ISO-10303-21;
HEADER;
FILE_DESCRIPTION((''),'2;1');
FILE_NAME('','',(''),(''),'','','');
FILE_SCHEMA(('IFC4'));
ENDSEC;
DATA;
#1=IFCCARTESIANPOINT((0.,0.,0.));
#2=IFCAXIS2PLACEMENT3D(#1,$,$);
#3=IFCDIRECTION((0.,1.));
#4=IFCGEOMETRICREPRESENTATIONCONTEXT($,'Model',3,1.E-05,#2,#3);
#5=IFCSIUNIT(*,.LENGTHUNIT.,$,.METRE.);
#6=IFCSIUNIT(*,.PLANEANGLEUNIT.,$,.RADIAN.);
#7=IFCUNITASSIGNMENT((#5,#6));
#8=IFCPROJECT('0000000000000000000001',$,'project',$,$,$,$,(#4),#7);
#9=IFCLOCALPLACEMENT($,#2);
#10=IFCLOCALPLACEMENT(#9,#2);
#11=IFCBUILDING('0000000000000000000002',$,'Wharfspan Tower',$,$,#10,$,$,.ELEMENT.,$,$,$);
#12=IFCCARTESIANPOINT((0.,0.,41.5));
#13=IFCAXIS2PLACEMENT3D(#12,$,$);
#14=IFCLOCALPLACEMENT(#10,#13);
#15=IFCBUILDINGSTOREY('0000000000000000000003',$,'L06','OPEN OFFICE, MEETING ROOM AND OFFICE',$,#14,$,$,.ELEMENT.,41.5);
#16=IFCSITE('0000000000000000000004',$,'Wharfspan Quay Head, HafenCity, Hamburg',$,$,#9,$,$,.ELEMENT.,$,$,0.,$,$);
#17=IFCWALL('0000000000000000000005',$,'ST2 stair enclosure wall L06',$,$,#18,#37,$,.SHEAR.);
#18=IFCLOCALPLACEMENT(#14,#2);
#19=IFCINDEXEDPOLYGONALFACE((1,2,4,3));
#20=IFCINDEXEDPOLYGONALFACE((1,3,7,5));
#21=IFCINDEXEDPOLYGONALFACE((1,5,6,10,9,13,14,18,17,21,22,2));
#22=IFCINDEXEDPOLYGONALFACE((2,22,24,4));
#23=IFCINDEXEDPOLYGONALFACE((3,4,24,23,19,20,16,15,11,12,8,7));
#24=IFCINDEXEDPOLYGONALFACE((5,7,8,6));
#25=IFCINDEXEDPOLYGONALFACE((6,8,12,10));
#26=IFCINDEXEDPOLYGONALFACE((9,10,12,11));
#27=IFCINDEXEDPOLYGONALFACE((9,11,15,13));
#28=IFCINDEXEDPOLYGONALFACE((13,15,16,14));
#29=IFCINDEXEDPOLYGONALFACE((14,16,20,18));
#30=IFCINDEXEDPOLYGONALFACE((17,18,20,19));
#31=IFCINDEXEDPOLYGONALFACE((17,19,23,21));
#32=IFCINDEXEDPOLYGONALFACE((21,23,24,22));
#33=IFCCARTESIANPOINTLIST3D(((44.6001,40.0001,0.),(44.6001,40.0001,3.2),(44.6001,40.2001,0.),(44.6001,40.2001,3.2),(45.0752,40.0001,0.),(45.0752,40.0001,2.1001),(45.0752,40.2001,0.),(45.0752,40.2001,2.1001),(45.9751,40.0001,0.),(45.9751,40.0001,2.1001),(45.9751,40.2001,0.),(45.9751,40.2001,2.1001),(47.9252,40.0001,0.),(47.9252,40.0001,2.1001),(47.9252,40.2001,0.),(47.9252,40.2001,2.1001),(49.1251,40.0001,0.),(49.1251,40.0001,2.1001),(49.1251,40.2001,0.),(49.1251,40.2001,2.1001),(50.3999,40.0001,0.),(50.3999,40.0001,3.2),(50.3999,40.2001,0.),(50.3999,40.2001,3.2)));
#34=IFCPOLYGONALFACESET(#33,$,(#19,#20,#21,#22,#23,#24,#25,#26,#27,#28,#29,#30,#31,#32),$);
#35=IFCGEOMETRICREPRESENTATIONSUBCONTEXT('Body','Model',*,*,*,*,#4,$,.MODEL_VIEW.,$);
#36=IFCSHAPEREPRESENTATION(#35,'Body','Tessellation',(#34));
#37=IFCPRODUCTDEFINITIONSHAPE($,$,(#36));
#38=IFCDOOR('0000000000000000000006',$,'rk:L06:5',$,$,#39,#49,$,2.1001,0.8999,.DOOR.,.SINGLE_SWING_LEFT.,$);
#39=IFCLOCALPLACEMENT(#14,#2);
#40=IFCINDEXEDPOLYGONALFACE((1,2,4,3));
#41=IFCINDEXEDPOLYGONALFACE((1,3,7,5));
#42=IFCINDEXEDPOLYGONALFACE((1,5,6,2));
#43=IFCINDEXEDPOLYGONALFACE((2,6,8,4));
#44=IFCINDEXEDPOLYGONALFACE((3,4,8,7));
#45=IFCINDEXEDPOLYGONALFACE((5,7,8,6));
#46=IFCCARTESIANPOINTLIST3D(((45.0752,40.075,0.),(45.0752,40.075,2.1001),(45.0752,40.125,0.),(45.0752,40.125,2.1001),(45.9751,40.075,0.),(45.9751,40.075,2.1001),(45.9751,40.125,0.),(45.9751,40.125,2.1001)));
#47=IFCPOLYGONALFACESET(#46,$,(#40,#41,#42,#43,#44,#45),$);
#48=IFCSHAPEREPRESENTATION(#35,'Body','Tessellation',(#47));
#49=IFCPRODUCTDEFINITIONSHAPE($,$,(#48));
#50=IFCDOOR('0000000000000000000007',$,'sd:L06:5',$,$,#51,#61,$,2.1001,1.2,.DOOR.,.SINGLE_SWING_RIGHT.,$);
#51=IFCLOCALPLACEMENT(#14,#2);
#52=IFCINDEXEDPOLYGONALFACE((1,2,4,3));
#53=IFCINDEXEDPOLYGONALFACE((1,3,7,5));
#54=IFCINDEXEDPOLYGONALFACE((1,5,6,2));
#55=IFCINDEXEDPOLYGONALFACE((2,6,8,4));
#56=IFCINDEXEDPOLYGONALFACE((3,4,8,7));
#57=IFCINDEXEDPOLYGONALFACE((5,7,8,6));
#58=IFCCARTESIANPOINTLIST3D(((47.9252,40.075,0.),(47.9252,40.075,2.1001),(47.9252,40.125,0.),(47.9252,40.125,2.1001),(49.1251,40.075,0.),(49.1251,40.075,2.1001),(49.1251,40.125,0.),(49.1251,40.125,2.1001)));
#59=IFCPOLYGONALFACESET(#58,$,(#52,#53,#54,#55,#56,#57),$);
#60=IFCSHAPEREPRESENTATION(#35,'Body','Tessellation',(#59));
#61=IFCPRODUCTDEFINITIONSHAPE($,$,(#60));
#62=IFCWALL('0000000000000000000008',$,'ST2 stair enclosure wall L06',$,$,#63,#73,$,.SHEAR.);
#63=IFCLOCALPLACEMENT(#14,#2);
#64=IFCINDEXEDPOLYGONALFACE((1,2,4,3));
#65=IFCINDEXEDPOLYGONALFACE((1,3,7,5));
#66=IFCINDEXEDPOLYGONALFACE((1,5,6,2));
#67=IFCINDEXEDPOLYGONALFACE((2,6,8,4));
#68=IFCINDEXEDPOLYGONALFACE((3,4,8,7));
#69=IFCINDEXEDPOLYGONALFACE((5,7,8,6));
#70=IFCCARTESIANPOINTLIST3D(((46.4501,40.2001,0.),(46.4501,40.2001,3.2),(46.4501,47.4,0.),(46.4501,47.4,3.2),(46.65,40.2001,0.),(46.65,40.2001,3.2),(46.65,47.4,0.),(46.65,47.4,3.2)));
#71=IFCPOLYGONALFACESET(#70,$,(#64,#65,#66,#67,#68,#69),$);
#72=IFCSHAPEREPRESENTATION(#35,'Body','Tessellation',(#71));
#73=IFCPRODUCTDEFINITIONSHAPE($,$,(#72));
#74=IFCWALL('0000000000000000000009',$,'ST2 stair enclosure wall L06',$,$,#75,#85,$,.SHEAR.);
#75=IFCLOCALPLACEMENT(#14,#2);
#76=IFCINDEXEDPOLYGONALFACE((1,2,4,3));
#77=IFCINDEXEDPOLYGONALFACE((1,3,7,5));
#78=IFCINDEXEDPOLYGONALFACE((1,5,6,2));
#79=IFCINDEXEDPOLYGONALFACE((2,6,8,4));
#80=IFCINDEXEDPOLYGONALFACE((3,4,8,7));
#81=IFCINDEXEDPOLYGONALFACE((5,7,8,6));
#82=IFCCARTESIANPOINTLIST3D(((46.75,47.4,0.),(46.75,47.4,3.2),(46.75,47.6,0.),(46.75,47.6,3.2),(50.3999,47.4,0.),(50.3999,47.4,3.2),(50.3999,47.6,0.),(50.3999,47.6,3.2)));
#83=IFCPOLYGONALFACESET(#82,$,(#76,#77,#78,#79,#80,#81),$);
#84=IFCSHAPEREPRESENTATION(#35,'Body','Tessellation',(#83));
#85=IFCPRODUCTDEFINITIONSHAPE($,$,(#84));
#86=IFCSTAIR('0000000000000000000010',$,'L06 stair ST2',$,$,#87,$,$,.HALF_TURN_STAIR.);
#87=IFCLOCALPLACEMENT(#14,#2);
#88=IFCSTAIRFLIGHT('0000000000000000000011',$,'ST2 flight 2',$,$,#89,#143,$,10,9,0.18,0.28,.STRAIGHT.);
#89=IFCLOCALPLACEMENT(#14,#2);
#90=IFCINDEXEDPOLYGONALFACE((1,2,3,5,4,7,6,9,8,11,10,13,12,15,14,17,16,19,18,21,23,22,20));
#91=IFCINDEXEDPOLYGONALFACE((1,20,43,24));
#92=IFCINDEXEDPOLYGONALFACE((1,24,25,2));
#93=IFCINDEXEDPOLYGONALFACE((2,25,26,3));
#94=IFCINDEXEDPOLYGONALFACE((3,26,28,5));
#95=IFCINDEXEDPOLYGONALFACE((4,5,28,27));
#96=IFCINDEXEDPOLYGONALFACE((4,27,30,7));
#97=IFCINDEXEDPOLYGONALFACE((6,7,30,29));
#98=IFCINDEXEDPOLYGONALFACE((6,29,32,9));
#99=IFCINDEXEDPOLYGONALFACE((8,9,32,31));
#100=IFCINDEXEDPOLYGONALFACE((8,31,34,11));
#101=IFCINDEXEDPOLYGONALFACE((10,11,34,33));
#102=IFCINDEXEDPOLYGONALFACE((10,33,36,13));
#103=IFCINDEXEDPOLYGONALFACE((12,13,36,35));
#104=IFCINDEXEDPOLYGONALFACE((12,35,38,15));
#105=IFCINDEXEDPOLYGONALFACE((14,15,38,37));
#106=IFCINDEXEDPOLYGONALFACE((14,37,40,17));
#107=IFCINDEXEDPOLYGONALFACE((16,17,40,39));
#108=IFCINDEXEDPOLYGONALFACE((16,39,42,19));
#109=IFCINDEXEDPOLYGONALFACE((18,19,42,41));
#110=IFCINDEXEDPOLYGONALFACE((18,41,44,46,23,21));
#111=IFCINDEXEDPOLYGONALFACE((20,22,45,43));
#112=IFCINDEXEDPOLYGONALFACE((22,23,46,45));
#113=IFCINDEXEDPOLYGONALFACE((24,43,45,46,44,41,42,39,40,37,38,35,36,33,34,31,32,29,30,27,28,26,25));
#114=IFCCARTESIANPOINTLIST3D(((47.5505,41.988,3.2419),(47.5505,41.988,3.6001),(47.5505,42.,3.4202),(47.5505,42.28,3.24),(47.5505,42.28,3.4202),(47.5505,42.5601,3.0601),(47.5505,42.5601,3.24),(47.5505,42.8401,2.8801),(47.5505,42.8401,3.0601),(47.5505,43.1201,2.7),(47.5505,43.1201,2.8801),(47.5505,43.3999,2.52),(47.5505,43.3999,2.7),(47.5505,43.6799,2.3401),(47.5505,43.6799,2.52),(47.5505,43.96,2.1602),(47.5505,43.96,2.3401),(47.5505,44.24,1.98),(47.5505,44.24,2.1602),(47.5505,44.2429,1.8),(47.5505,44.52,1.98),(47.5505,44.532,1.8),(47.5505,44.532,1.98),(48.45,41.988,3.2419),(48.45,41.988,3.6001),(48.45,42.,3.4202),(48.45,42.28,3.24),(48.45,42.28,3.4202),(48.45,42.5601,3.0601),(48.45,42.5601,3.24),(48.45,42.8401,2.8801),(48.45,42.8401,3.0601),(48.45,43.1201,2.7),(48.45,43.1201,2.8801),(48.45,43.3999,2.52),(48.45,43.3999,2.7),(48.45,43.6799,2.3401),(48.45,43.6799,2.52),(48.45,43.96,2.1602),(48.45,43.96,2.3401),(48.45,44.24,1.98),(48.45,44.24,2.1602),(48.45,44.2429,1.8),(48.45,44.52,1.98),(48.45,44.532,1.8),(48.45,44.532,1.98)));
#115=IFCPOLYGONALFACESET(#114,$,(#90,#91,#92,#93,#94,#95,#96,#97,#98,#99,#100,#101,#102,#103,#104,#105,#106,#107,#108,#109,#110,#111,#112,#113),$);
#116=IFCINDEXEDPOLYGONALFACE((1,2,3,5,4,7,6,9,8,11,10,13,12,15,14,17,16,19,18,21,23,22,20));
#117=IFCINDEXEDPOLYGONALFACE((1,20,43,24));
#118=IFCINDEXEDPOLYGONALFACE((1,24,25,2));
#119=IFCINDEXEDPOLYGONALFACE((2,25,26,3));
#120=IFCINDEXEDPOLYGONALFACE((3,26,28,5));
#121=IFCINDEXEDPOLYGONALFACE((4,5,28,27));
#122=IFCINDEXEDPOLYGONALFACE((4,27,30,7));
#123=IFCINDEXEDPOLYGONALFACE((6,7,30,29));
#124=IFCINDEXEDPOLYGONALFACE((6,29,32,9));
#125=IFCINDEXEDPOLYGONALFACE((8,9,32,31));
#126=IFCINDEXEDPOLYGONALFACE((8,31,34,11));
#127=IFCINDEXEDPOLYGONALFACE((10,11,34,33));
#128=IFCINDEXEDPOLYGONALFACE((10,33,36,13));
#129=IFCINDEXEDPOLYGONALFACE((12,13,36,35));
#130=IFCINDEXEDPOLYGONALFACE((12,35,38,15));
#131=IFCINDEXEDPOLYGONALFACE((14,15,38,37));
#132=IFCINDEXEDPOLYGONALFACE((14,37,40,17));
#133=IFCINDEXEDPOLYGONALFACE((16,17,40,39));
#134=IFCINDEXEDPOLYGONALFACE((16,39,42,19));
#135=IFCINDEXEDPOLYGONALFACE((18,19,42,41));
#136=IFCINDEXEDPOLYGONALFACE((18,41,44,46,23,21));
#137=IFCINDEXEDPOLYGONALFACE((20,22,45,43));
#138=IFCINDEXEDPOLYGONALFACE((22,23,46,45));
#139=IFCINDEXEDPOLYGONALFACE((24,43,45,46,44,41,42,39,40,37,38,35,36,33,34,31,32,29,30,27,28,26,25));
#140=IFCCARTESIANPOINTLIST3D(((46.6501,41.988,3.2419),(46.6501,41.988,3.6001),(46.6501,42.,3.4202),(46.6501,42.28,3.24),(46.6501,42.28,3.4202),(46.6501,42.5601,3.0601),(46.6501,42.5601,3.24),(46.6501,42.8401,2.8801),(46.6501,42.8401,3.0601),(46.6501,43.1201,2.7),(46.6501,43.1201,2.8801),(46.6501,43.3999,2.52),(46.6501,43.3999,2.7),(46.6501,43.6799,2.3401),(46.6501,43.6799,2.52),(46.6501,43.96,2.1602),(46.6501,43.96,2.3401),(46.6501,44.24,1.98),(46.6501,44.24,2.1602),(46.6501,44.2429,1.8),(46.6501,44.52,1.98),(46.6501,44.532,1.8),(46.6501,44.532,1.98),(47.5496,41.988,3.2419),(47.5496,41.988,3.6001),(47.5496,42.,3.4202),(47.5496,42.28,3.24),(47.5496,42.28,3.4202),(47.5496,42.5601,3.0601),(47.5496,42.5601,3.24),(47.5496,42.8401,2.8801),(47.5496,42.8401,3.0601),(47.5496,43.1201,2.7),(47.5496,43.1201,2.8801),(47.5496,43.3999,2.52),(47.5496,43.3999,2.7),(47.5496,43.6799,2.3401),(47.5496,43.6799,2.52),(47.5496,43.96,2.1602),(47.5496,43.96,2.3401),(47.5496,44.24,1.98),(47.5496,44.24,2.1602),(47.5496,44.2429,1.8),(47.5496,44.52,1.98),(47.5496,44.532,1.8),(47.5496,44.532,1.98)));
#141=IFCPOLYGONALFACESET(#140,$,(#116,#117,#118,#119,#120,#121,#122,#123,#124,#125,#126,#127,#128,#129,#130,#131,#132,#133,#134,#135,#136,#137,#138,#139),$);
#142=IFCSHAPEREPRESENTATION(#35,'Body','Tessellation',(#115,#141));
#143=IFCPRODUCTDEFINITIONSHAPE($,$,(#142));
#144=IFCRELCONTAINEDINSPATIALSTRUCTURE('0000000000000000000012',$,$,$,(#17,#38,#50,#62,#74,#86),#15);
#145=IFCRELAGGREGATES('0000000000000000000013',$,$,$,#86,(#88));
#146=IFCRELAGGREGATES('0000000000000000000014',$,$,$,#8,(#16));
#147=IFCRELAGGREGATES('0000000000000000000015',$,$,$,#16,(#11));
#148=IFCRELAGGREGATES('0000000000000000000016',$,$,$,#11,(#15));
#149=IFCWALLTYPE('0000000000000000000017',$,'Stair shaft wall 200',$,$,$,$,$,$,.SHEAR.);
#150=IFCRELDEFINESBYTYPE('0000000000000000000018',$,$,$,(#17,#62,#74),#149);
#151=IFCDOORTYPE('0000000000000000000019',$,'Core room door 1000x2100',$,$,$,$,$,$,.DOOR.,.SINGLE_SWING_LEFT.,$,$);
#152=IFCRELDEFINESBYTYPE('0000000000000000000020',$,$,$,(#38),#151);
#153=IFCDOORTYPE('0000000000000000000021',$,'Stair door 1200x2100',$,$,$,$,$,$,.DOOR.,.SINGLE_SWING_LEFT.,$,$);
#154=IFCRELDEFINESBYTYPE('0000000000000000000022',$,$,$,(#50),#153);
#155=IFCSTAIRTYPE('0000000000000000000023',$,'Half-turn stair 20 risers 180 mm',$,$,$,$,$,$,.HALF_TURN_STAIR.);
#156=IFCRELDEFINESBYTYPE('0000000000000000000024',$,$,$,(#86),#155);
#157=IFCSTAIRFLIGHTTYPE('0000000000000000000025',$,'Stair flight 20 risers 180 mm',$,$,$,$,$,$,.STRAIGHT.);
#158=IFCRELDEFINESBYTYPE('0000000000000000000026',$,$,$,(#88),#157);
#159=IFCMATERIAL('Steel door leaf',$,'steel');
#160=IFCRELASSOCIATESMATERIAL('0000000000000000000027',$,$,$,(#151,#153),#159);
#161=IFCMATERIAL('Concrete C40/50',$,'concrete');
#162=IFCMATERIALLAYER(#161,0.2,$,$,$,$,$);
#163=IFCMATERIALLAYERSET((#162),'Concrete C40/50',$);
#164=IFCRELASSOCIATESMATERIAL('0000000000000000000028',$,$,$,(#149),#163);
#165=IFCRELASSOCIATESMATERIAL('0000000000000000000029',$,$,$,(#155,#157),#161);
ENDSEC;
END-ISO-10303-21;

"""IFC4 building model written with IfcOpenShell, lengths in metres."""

from ifc_helpers import new_model, si_unit, direction, frame, frame_2d, origin, place, context, subcontext, project, spatial, polyline, rectangle, outline, extrude, material, layer, layer_set, type_object, element, fill, aggregate, save


model = new_model("IFC4")

# Units and contexts
model_context = context("Model", 3, precision=1e-05, world=origin(), true_north=direction((0.0, 1.0)))
body_context = subcontext(model_context, "Body", "Model", "MODEL_VIEW")
ifc_project = project(units=[si_unit("LENGTHUNIT", "METRE"), si_unit("PLANEANGLEUNIT", "RADIAN")], contexts=[model_context])

# Site, building, storey
site_placement = place(None, origin())
site = spatial("IfcSite", under=ifc_project, at=site_placement, Name="Wharfspan Quay Head, HafenCity, Hamburg", CompositionType="ELEMENT", RefElevation=0.0)
building_placement = place(site_placement, origin())
building = spatial("IfcBuilding", under=site, at=building_placement, Name="Wharfspan Tower", CompositionType="ELEMENT")
storey_placement = place(building_placement, frame((0.0, 0.0, 41.5)))
storey = spatial("IfcBuildingStorey", under=building, at=storey_placement, Name="L06", Description="OPEN OFFICE, MEETING ROOM AND OFFICE", CompositionType="ELEMENT", Elevation=41.5)

# Shared definitions
ifc_material_1 = material(Name="Steel door leaf", Category="steel")
door_type_1 = type_object("IfcDoorType", Name="Core room door 1000x2100", OperationType="SINGLE_SWING_LEFT", PredefinedType="DOOR", material=ifc_material_1)

# Wall, openings, doors
ifc_material_2 = material(Name="Concrete C40/50", Category="concrete")
ifc_layer_1 = layer(ifc_material_2, 0.2)
ifc_layer_set_1 = layer_set([ifc_layer_1], Name="Concrete C40/50")
wall_type_1 = type_object("IfcWallType", Name="Stair shaft wall 200", PredefinedType="SHEAR", material=ifc_layer_set_1)
wall_1_placement = place(storey_placement, frame((44.6001, 40.1001, 0.0), z_axis=(0.0, 0.0, 1.0), x_axis=(1.0, 0.0, 0.0)))
wall_1 = element("IfcWall", 1, at=wall_1_placement, inside=storey, type_object=wall_type_1, Name="ST2 stair enclosure wall L06", PredefinedType="SHEAR", context=body_context, shape_type="SweptSolid", body=[
    extrude(rectangle(XDim=5.7998, YDim=0.2, at=frame_2d((2.8999, 0.0))), origin(), (0.0, 0.0, 1.0), 3.2),
])
opening_1_placement = place(wall_1_placement, frame((3.325, 0.0, 0.0)))
opening_1 = element("IfcOpeningElement", 2, at=opening_1_placement, cuts=wall_1, PredefinedType="OPENING", context=body_context, shape_type="SweptSolid", body=[
    extrude(rectangle(XDim=1.2, YDim=2.1001, at=frame_2d((0.6001, 1.05))), frame((0.0, 0.1099, 0.0), z_axis=(0.0, -1.0, 0.0), x_axis=(1.0, 0.0, 0.0)), (0.0, 0.0, 1.0), 0.22),
])
opening_2_placement = place(wall_1_placement, frame((0.4751, 0.0, 0.0)))
opening_2 = element("IfcOpeningElement", 3, at=opening_2_placement, cuts=wall_1, PredefinedType="OPENING", context=body_context, shape_type="SweptSolid", body=[
    extrude(rectangle(XDim=0.8999, YDim=2.1001, at=frame_2d((0.45, 1.05))), frame((0.0, 0.1099, 0.0), z_axis=(0.0, -1.0, 0.0), x_axis=(1.0, 0.0, 0.0)), (0.0, 0.0, 1.0), 0.22),
])
door_1_placement = place(opening_2_placement, origin())
door_1 = element("IfcDoor", 4, at=door_1_placement, inside=storey, type_object=door_type_1, Name="rk:L06:5", OperationType="SINGLE_SWING_LEFT", OverallHeight=2.1001, OverallWidth=0.8999, PredefinedType="DOOR", context=body_context, shape_type="SweptSolid", body=[
    extrude(rectangle(XDim=0.8999, YDim=2.1001, at=frame_2d((0.45, 1.05))), frame((0.0, 0.0249, 0.0), z_axis=(0.0, -1.0, 0.0), x_axis=(1.0, 0.0, 0.0)), (0.0, 0.0, 1.0), 0.05),
])
fill(opening_2, door_1)
door_type_2 = type_object("IfcDoorType", Name="Stair door 1200x2100", OperationType="SINGLE_SWING_LEFT", PredefinedType="DOOR", material=ifc_material_1)
door_2_placement = place(opening_1_placement, origin())
door_2 = element("IfcDoor", 5, at=door_2_placement, inside=storey, type_object=door_type_2, Name="sd:L06:5", OperationType="SINGLE_SWING_RIGHT", OverallHeight=2.1001, OverallWidth=1.2, PredefinedType="DOOR", context=body_context, shape_type="SweptSolid", body=[
    extrude(rectangle(XDim=1.2, YDim=2.1001, at=frame_2d((0.6001, 1.05))), frame((0.0, 0.0249, 0.0), z_axis=(0.0, -1.0, 0.0), x_axis=(1.0, 0.0, 0.0)), (0.0, 0.0, 1.0), 0.05),
])
fill(opening_1, door_2)

# Walls
wall_2_placement = place(storey_placement, frame((46.55, 40.2, 0.0), z_axis=(0.0, 0.0, 1.0), x_axis=(0.0, 1.0, 0.0)))
element("IfcWall", 6, at=wall_2_placement, inside=storey, type_object=wall_type_1, Name="ST2 stair enclosure wall L06", PredefinedType="SHEAR", context=body_context, shape_type="SweptSolid", body=[
    extrude(rectangle(XDim=7.2, YDim=0.2, at=frame_2d((3.6001, 0.0))), origin(), (0.0, 0.0, 1.0), 3.2),
])
wall_3_placement = place(storey_placement, frame((46.75, 47.5, 0.0), z_axis=(0.0, 0.0, 1.0), x_axis=(1.0, 0.0, 0.0)))
element("IfcWall", 7, at=wall_3_placement, inside=storey, type_object=wall_type_1, Name="ST2 stair enclosure wall L06", PredefinedType="SHEAR", context=body_context, shape_type="SweptSolid", body=[
    extrude(rectangle(XDim=3.6499, YDim=0.2, at=frame_2d((1.825, 0.0))), origin(), (0.0, 0.0, 1.0), 3.2),
])

# Stair, stair flight
stair_type = type_object("IfcStairType", Name="Half-turn stair 20 risers 180 mm", PredefinedType="HALF_TURN_STAIR", material=ifc_material_2)
stair_placement = place(storey_placement, origin())
stair = element("IfcStair", 8, at=stair_placement, inside=storey, type_object=stair_type, Name="L06 stair ST2", PredefinedType="HALF_TURN_STAIR")
stair_flight_type = type_object("IfcStairFlightType", Name="Stair flight 20 risers 180 mm", PredefinedType="STRAIGHT", material=ifc_material_2)
stair_flight_placement = place(storey_placement, frame((47.55, 44.52, 1.8), z_axis=(0.0, 0.0, 1.0), x_axis=(0.0, -1.0, 0.0)))
stair_flight = element("IfcStairFlight", 9, at=stair_flight_placement, type_object=stair_flight_type, Name="ST2 flight 2", NumberOfRisers=10, NumberOfTreads=9, PredefinedType="STRAIGHT", RiserHeight=0.18, TreadLength=0.28, context=body_context, shape_type="SweptSolid", body=[
    extrude(outline(polyline([(-0.012, 0.0), (-0.012, 0.1799), (0.0, 0.1799), (0.28, 0.1799), (0.28, 0.3601), (0.5601, 0.3601), (0.5601, 0.54), (0.8401, 0.54), (0.8401, 0.72), (1.1201, 0.72), (1.1201, 0.8999), (1.3999, 0.8999), (1.3999, 1.0801), (1.6799, 1.0801), (1.6799, 1.26), (1.96, 1.26), (1.96, 1.4399), (2.24, 1.4399), (2.24, 1.6201), (2.52, 1.6201), (2.532, 1.8), (2.532, 1.4419), (0.2771, 0.0), (-0.012, 0.0)])), frame((0.0, 0.8999, 0.0), z_axis=(0.0, -1.0, 0.0), x_axis=(1.0, 0.0, 0.0)), (0.0, 0.0, 1.0), 0.8994),
    extrude(outline(polyline([(-0.012, 0.0), (-0.012, 0.1799), (0.0, 0.1799), (0.28, 0.1799), (0.28, 0.3601), (0.5601, 0.3601), (0.5601, 0.54), (0.8401, 0.54), (0.8401, 0.72), (1.1201, 0.72), (1.1201, 0.8999), (1.3999, 0.8999), (1.3999, 1.0801), (1.6799, 1.0801), (1.6799, 1.26), (1.96, 1.26), (1.96, 1.4399), (2.24, 1.4399), (2.24, 1.6201), (2.52, 1.6201), (2.532, 1.8), (2.532, 1.4419), (0.2771, 0.0), (-0.012, 0.0)])), frame((0.0, -0.0005, 0.0), z_axis=(0.0, -1.0, 0.0), x_axis=(1.0, 0.0, 0.0)), (0.0, 0.0, 1.0), 0.8994),
])
aggregate(stair, [stair_flight])

save(model, "model.ifc")
